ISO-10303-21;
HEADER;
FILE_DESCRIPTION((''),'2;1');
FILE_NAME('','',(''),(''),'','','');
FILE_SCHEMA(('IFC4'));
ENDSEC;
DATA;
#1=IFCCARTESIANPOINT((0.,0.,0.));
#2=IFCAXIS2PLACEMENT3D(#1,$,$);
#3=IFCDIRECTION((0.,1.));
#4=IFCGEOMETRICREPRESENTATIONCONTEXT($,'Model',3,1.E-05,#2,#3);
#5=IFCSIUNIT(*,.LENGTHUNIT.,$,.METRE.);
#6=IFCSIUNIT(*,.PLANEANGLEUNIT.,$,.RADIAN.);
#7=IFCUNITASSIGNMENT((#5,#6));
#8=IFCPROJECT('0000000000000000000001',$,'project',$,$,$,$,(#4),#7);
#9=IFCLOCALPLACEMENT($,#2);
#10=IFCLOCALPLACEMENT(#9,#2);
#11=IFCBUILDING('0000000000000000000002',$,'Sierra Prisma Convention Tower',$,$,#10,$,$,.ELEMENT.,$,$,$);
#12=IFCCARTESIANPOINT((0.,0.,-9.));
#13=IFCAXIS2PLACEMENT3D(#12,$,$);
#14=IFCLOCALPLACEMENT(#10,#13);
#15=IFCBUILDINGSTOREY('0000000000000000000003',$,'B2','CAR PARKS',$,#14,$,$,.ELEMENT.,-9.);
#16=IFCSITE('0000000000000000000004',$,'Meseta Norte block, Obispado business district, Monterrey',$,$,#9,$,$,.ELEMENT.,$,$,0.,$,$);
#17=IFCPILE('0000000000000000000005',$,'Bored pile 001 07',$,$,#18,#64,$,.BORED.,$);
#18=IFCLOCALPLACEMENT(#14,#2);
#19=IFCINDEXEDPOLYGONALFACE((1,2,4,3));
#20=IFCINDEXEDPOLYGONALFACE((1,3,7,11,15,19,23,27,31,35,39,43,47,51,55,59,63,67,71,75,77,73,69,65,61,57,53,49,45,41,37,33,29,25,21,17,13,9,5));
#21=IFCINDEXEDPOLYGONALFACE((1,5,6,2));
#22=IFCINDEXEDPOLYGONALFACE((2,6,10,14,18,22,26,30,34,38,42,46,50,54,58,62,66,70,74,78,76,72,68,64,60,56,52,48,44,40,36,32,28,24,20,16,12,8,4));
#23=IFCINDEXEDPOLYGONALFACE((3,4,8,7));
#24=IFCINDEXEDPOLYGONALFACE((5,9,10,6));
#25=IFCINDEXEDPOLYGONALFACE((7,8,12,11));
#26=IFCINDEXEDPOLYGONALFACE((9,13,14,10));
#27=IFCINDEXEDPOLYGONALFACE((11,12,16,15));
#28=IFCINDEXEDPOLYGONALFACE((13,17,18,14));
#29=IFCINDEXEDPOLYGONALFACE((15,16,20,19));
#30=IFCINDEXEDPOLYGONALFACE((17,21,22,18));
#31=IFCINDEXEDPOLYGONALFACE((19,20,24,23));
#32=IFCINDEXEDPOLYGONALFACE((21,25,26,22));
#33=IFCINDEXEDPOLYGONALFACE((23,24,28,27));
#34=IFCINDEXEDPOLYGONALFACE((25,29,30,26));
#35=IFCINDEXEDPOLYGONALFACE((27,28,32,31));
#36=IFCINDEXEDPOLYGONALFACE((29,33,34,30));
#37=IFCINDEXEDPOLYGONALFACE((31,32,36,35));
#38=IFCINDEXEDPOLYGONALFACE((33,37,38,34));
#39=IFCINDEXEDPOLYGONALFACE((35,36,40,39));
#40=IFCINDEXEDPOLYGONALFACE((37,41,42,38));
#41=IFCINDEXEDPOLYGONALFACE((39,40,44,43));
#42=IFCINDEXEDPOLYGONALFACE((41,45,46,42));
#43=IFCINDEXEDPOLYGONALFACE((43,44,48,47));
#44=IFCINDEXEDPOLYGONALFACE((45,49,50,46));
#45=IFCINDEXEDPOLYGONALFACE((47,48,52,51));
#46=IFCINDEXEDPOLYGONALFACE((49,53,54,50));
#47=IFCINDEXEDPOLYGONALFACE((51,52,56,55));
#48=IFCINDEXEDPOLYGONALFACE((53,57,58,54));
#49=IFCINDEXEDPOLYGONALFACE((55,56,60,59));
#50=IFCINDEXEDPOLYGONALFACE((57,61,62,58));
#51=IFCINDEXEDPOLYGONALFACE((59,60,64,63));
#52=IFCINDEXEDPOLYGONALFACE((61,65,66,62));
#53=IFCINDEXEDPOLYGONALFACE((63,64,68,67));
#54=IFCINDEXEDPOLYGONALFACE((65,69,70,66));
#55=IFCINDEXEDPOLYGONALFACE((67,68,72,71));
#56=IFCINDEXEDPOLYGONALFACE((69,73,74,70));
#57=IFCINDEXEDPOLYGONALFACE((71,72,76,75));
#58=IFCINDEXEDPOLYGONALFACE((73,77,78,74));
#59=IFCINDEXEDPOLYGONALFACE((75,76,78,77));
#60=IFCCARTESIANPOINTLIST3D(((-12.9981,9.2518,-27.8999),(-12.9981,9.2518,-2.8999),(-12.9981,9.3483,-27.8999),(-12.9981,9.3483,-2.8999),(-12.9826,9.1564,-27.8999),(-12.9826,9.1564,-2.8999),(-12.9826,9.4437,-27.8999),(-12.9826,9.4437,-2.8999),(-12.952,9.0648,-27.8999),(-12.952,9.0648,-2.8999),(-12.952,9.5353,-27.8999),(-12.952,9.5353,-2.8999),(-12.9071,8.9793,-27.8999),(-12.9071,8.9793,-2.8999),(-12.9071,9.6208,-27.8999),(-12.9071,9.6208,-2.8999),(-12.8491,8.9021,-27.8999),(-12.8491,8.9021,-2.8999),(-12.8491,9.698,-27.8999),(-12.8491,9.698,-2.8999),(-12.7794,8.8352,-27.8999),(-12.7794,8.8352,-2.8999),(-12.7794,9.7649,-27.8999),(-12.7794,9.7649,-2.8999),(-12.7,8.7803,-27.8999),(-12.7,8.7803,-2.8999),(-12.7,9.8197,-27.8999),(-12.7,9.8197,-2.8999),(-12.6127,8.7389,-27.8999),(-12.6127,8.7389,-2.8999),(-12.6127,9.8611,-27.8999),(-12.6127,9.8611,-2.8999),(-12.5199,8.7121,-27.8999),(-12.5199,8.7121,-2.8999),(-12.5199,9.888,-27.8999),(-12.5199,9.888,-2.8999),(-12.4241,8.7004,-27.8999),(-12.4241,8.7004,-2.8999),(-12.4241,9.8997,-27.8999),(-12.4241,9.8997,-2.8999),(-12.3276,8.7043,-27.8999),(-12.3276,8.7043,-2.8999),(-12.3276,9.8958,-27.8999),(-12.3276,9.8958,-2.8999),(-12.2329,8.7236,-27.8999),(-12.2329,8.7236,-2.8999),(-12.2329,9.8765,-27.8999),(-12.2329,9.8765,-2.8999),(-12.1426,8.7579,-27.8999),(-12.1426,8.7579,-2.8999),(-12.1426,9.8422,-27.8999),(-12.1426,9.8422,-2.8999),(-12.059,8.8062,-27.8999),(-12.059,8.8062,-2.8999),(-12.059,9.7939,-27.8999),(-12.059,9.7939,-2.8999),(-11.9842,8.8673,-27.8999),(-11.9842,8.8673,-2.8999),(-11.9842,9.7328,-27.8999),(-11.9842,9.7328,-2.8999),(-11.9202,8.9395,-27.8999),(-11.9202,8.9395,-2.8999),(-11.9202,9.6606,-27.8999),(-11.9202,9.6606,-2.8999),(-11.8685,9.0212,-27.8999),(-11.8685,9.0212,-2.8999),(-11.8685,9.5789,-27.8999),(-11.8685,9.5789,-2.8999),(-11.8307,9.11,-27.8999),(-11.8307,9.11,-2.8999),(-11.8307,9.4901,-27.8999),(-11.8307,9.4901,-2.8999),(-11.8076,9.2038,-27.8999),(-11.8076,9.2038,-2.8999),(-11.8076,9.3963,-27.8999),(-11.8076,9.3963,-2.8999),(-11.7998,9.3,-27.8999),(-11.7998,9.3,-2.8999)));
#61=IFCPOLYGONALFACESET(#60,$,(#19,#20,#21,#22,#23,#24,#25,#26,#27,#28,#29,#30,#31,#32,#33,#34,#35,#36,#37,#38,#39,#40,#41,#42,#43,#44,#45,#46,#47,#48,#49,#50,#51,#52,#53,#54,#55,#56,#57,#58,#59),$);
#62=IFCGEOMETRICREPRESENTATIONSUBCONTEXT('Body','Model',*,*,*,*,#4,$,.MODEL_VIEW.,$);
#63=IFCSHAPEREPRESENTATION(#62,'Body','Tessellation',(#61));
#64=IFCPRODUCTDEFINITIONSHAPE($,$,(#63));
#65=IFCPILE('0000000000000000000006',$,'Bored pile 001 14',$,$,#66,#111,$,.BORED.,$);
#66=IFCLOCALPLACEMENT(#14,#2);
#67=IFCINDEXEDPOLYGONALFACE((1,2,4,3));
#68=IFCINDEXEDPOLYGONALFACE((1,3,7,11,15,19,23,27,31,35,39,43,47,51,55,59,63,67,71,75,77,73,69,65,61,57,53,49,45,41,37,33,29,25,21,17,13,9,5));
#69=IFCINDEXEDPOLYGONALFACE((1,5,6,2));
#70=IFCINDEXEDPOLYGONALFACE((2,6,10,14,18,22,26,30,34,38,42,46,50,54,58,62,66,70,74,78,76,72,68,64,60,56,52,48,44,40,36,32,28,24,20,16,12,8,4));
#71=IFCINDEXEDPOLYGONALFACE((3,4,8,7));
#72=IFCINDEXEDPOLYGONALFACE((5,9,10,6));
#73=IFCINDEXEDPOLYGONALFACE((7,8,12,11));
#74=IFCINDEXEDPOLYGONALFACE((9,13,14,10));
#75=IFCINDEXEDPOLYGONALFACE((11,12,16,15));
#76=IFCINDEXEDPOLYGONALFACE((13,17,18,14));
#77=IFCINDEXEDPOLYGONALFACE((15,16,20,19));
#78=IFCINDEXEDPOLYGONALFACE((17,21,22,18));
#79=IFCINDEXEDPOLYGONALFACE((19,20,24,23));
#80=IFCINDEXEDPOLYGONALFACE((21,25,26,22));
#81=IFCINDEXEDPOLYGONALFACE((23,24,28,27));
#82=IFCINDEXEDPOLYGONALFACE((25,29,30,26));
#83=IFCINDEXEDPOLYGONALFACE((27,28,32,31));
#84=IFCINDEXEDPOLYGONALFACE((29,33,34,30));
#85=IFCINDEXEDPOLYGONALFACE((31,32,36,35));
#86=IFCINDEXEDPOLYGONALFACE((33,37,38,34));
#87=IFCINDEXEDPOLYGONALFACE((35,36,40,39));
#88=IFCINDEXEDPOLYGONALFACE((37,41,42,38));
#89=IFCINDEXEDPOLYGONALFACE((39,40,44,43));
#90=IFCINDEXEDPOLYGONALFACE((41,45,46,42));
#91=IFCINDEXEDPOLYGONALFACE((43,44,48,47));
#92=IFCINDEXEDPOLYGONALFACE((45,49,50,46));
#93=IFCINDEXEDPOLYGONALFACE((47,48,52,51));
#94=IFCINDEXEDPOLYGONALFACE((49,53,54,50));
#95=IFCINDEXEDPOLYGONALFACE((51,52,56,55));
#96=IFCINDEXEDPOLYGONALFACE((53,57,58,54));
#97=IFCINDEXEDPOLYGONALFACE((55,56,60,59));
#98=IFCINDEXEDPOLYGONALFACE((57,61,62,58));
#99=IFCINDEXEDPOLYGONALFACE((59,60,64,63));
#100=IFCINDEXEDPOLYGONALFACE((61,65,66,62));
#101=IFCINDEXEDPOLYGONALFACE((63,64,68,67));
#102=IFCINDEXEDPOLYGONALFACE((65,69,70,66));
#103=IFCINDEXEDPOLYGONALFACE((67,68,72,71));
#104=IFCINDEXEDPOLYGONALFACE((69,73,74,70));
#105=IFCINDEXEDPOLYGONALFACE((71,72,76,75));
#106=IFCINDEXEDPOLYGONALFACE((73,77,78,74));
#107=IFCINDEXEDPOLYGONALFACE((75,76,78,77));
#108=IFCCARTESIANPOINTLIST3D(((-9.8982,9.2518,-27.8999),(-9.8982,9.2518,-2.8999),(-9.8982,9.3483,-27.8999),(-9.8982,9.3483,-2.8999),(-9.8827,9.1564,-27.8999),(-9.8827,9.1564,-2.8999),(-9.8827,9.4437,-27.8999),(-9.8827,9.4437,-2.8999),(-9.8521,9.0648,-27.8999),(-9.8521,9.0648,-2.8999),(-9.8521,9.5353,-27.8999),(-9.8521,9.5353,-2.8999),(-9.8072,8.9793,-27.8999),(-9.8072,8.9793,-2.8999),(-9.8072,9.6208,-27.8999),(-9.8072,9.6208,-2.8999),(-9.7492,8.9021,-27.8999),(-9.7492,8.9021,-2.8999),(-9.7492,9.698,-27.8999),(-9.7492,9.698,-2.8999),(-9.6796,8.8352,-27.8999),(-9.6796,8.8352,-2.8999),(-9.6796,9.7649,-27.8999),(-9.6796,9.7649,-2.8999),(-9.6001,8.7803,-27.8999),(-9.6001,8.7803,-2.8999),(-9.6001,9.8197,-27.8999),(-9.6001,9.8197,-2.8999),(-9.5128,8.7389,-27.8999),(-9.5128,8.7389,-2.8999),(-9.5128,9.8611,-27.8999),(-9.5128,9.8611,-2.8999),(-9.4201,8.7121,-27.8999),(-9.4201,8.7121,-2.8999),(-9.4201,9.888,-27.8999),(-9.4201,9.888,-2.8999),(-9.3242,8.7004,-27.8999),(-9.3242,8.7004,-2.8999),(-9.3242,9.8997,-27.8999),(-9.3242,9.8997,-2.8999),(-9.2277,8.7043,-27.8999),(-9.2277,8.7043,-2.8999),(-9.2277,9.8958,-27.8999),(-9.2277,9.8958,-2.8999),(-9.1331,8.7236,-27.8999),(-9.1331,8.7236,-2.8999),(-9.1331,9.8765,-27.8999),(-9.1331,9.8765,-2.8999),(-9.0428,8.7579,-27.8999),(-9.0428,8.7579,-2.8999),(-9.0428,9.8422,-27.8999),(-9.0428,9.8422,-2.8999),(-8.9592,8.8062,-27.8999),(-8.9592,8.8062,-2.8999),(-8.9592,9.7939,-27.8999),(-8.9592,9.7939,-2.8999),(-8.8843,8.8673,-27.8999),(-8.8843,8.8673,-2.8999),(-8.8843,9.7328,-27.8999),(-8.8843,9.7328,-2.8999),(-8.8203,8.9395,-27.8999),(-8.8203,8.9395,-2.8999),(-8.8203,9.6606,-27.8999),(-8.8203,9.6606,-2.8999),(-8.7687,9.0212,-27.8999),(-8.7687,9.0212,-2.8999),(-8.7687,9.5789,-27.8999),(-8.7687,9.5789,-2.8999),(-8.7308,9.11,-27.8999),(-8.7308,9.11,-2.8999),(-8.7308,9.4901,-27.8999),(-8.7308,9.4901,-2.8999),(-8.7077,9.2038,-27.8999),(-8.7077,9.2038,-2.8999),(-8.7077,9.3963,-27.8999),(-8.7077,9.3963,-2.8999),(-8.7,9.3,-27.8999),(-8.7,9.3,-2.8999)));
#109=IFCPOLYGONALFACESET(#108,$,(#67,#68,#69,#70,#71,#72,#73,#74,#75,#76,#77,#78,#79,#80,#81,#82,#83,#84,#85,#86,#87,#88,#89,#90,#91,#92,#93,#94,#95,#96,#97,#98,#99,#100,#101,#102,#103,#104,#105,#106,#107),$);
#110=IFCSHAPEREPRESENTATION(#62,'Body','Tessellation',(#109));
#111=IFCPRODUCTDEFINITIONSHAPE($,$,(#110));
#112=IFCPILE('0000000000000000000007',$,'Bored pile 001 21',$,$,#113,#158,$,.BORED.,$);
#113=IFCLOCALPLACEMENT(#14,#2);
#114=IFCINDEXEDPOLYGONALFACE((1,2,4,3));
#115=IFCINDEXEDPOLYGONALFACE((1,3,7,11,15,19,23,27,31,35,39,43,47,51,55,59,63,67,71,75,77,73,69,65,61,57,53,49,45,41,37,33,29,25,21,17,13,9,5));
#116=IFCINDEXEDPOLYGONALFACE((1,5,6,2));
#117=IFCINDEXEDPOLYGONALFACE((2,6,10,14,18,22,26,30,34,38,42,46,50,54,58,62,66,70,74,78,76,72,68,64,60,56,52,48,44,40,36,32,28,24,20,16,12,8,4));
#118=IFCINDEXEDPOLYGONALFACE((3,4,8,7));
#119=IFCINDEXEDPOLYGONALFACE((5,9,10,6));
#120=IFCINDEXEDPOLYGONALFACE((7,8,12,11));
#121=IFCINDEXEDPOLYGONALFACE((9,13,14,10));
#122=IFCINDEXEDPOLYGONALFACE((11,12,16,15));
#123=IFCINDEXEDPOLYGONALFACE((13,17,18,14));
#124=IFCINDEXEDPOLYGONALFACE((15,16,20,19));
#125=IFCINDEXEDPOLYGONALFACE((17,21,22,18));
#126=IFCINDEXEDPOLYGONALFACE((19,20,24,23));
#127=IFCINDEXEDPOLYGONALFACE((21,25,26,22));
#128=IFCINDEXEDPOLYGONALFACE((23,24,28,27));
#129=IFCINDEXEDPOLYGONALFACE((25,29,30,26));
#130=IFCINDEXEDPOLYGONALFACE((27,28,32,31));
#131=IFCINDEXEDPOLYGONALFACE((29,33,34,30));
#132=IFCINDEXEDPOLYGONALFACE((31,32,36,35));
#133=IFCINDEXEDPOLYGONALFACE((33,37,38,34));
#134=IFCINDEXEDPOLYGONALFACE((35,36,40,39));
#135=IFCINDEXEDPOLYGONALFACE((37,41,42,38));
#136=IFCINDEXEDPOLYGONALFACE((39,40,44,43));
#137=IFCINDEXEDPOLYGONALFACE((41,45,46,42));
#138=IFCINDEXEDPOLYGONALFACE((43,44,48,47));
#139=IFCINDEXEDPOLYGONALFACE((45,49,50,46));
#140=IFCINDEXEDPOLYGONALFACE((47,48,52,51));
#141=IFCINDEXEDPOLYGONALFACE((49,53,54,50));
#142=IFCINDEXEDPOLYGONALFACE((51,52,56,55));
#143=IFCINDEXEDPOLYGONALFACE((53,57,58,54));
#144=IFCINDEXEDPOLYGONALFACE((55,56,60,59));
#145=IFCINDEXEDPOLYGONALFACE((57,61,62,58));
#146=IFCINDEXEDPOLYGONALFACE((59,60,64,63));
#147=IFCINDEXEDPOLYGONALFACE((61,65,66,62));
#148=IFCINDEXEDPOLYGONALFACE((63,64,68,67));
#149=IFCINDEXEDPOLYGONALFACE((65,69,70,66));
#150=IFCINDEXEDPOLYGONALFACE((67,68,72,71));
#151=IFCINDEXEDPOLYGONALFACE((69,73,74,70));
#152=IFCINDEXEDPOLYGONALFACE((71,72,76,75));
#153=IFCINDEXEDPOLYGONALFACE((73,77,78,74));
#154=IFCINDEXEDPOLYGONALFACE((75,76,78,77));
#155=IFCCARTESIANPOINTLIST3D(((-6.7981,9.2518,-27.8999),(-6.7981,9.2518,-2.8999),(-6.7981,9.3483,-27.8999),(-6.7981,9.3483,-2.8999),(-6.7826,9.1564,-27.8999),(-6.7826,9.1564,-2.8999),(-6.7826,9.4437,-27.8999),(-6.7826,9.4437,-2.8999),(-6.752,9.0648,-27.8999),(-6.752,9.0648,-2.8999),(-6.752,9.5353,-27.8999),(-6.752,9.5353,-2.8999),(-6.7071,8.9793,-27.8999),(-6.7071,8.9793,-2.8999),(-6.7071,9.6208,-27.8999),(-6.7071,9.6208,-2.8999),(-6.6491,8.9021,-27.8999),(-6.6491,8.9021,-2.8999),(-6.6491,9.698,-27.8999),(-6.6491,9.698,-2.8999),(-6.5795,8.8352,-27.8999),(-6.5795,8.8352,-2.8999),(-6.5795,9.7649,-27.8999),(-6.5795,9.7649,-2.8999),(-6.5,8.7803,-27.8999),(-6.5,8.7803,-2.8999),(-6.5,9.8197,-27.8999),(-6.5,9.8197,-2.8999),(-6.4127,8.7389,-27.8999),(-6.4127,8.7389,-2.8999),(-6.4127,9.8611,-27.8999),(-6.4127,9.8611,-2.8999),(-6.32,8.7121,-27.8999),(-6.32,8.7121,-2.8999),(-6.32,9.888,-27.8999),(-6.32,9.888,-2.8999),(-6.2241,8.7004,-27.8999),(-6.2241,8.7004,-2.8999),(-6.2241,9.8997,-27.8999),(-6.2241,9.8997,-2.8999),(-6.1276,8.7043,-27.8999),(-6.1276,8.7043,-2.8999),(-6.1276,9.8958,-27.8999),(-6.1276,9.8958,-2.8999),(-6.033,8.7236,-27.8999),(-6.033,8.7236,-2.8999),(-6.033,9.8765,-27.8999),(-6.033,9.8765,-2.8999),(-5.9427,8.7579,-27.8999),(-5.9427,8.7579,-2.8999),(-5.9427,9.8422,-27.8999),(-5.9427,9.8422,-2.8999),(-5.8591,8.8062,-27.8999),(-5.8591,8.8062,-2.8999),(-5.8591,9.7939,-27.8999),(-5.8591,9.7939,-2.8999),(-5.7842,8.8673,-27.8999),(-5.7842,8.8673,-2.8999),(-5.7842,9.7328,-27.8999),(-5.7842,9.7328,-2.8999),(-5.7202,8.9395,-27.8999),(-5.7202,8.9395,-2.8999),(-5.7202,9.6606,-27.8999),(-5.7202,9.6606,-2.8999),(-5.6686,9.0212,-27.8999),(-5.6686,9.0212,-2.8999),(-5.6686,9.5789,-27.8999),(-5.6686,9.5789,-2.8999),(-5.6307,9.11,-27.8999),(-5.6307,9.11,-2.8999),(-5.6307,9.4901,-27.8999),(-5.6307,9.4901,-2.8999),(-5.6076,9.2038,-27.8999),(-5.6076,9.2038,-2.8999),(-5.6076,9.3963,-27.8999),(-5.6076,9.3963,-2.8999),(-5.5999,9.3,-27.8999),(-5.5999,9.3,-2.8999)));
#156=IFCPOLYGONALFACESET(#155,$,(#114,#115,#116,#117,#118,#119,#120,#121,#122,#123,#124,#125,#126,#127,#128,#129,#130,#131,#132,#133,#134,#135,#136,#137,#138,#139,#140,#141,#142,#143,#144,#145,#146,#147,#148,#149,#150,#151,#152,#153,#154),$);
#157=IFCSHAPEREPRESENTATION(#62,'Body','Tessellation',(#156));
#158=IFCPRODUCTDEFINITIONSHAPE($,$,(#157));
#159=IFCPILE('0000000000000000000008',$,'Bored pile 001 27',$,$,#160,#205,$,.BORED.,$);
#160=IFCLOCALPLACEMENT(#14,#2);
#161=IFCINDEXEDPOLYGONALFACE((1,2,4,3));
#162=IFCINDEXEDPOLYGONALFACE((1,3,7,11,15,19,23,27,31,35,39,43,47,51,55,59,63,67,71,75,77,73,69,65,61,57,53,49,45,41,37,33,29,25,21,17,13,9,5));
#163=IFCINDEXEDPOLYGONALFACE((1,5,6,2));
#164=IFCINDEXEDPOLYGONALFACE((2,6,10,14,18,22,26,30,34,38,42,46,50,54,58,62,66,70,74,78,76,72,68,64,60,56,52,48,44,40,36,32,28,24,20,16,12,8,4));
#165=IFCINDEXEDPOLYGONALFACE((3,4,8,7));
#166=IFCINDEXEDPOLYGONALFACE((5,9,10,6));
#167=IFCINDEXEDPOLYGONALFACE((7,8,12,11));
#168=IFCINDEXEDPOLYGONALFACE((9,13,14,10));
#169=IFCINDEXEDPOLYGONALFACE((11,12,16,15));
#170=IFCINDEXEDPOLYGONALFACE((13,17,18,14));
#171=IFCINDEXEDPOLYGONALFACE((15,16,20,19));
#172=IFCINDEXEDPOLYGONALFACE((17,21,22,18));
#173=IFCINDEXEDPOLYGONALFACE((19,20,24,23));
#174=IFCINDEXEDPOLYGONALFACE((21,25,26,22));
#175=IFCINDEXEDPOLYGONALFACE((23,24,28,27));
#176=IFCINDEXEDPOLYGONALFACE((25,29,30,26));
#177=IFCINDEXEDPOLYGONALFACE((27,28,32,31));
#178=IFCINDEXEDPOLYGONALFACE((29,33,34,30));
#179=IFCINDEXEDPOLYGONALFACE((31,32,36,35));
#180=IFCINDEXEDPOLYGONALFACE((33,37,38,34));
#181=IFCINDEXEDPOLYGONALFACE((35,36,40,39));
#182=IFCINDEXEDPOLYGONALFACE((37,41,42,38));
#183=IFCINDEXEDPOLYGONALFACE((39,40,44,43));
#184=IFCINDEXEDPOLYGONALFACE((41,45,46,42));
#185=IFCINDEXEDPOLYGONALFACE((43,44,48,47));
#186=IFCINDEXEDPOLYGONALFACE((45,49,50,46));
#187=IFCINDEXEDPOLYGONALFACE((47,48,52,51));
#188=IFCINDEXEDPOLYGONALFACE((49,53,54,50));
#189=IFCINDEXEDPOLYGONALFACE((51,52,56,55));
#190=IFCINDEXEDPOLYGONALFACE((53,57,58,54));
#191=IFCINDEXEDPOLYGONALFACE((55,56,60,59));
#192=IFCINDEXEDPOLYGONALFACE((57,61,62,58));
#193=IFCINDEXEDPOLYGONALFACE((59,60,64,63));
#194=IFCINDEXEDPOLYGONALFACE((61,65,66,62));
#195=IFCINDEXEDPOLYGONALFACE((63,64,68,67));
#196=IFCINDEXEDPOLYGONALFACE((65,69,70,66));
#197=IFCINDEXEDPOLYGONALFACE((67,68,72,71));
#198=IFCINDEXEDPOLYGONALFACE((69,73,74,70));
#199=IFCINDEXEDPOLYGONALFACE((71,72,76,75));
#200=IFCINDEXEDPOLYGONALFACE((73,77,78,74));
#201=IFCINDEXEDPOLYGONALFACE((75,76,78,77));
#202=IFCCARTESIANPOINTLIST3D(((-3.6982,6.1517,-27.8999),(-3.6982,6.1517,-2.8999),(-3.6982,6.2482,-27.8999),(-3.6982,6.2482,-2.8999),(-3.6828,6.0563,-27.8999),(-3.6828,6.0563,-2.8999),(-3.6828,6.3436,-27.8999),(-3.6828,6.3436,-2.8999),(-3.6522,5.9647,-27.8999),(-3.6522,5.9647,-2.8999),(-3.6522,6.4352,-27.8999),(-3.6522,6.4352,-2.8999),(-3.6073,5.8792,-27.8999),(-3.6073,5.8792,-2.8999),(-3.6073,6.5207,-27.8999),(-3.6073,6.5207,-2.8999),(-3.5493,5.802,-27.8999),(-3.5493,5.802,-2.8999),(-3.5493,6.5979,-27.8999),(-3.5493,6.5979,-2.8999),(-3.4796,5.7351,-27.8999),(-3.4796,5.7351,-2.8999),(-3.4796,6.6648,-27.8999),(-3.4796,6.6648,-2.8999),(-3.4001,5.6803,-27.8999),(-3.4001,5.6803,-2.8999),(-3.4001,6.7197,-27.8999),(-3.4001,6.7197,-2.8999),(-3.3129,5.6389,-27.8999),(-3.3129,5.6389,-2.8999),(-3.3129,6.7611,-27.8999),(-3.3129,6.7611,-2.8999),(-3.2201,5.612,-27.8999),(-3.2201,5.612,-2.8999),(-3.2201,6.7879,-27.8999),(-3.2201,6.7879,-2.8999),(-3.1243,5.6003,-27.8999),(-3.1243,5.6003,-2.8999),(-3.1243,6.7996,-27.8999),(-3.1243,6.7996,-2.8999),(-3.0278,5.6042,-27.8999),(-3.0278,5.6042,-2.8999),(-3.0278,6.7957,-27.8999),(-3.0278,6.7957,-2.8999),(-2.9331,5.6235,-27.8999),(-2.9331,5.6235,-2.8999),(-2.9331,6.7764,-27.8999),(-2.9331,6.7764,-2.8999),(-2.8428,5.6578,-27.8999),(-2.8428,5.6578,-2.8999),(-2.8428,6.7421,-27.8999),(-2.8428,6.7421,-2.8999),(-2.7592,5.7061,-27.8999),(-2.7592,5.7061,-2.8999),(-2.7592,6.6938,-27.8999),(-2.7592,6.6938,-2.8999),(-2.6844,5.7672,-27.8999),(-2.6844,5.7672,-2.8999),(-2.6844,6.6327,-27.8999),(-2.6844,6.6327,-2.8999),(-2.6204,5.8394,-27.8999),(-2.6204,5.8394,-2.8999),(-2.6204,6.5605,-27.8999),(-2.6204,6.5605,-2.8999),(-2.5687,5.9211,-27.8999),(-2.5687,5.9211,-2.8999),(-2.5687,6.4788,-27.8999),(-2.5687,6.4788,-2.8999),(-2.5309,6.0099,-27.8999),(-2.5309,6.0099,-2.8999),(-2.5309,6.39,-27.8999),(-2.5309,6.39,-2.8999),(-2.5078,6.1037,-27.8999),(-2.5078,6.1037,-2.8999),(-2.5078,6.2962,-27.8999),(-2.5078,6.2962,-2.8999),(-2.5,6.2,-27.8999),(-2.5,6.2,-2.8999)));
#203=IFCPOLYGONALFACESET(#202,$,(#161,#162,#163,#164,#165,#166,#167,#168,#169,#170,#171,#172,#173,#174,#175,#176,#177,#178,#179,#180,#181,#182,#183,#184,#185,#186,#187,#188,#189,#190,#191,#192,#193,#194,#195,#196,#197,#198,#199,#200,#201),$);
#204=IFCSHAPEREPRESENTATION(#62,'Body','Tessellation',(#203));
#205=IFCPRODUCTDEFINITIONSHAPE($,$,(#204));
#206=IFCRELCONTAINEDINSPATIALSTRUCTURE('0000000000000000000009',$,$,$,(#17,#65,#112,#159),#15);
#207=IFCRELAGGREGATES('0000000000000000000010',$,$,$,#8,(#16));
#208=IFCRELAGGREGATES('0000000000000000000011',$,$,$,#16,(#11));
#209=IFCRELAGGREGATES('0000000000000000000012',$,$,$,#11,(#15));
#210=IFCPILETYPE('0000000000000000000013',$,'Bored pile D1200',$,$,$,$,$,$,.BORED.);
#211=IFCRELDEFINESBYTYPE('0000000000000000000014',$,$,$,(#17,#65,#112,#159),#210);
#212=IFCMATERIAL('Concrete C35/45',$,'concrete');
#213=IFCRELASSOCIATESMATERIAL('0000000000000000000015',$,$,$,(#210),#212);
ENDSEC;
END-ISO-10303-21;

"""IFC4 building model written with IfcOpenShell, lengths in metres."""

from ifc_helpers import new_model, si_unit, direction, frame, origin, origin_2d, place, context, subcontext, project, spatial, circle, extrude, material, material_profile, profile_set, type_object, element, save


model = new_model("IFC4")

# Units and contexts
model_context = context("Model", 3, precision=1e-05, world=origin(), true_north=direction((0.0, 1.0)))
body_context = subcontext(model_context, "Body", "Model", "MODEL_VIEW")
ifc_project = project(units=[si_unit("LENGTHUNIT", "METRE"), si_unit("PLANEANGLEUNIT", "RADIAN")], contexts=[model_context])

# Site, building, storey
site_placement = place(None, origin())
site = spatial("IfcSite", under=ifc_project, at=site_placement, Name="Meseta Norte block, Obispado business district, Monterrey", CompositionType="ELEMENT", RefElevation=0.0)
building_placement = place(site_placement, origin())
building = spatial("IfcBuilding", under=site, at=building_placement, Name="Sierra Prisma Convention Tower", CompositionType="ELEMENT")
storey_placement = place(building_placement, frame((0.0, 0.0, -9.0)))
storey = spatial("IfcBuildingStorey", under=building, at=storey_placement, Name="B2", Description="CAR PARKS", CompositionType="ELEMENT", Elevation=-9.0)

# Piles
ifc_material_1 = material(Name="Concrete C35/45", Category="concrete")
ifc_material_profile_1 = material_profile(ifc_material_1, circle(Radius=0.6001, at=origin_2d()), Name="D1200")
ifc_profile_set_1 = profile_set([ifc_material_profile_1], Name="Concrete C35/45")
pile_type_1 = type_object("IfcPileType", Name="Bored pile D1200", PredefinedType="BORED", material=ifc_profile_set_1)
for number, where, z_axis, x_axis, name in (
    (1, (-12.3999, 9.3, -2.8999), (0.0, 0.0, -1.0), (1.0, 0.0, 0.0), "Bored pile 001 07"),
    (2, (-9.3, 9.3, -2.8999), (0.0, 0.0, -1.0), (1.0, 0.0, 0.0), "Bored pile 001 14"),
    (3, (-6.2, 9.3, -2.8999), (0.0, 0.0, -1.0), (1.0, 0.0, 0.0), "Bored pile 001 21"),
    (4, (-3.1001, 6.2, -2.8999), (0.0, 0.0, -1.0), (1.0, 0.0, 0.0), "Bored pile 001 27"),
):
    element("IfcPile", number, at=place(storey_placement, frame(where, z_axis=z_axis, x_axis=x_axis)), inside=storey, type_object=pile_type_1, Name=name, PredefinedType="BORED", context=body_context, shape_type="SweptSolid", body=[
        extrude(circle(Radius=0.6001, at=origin_2d()), origin(), (0.0, 0.0, 1.0), 25.0),
    ])

save(model, "model.ifc")
